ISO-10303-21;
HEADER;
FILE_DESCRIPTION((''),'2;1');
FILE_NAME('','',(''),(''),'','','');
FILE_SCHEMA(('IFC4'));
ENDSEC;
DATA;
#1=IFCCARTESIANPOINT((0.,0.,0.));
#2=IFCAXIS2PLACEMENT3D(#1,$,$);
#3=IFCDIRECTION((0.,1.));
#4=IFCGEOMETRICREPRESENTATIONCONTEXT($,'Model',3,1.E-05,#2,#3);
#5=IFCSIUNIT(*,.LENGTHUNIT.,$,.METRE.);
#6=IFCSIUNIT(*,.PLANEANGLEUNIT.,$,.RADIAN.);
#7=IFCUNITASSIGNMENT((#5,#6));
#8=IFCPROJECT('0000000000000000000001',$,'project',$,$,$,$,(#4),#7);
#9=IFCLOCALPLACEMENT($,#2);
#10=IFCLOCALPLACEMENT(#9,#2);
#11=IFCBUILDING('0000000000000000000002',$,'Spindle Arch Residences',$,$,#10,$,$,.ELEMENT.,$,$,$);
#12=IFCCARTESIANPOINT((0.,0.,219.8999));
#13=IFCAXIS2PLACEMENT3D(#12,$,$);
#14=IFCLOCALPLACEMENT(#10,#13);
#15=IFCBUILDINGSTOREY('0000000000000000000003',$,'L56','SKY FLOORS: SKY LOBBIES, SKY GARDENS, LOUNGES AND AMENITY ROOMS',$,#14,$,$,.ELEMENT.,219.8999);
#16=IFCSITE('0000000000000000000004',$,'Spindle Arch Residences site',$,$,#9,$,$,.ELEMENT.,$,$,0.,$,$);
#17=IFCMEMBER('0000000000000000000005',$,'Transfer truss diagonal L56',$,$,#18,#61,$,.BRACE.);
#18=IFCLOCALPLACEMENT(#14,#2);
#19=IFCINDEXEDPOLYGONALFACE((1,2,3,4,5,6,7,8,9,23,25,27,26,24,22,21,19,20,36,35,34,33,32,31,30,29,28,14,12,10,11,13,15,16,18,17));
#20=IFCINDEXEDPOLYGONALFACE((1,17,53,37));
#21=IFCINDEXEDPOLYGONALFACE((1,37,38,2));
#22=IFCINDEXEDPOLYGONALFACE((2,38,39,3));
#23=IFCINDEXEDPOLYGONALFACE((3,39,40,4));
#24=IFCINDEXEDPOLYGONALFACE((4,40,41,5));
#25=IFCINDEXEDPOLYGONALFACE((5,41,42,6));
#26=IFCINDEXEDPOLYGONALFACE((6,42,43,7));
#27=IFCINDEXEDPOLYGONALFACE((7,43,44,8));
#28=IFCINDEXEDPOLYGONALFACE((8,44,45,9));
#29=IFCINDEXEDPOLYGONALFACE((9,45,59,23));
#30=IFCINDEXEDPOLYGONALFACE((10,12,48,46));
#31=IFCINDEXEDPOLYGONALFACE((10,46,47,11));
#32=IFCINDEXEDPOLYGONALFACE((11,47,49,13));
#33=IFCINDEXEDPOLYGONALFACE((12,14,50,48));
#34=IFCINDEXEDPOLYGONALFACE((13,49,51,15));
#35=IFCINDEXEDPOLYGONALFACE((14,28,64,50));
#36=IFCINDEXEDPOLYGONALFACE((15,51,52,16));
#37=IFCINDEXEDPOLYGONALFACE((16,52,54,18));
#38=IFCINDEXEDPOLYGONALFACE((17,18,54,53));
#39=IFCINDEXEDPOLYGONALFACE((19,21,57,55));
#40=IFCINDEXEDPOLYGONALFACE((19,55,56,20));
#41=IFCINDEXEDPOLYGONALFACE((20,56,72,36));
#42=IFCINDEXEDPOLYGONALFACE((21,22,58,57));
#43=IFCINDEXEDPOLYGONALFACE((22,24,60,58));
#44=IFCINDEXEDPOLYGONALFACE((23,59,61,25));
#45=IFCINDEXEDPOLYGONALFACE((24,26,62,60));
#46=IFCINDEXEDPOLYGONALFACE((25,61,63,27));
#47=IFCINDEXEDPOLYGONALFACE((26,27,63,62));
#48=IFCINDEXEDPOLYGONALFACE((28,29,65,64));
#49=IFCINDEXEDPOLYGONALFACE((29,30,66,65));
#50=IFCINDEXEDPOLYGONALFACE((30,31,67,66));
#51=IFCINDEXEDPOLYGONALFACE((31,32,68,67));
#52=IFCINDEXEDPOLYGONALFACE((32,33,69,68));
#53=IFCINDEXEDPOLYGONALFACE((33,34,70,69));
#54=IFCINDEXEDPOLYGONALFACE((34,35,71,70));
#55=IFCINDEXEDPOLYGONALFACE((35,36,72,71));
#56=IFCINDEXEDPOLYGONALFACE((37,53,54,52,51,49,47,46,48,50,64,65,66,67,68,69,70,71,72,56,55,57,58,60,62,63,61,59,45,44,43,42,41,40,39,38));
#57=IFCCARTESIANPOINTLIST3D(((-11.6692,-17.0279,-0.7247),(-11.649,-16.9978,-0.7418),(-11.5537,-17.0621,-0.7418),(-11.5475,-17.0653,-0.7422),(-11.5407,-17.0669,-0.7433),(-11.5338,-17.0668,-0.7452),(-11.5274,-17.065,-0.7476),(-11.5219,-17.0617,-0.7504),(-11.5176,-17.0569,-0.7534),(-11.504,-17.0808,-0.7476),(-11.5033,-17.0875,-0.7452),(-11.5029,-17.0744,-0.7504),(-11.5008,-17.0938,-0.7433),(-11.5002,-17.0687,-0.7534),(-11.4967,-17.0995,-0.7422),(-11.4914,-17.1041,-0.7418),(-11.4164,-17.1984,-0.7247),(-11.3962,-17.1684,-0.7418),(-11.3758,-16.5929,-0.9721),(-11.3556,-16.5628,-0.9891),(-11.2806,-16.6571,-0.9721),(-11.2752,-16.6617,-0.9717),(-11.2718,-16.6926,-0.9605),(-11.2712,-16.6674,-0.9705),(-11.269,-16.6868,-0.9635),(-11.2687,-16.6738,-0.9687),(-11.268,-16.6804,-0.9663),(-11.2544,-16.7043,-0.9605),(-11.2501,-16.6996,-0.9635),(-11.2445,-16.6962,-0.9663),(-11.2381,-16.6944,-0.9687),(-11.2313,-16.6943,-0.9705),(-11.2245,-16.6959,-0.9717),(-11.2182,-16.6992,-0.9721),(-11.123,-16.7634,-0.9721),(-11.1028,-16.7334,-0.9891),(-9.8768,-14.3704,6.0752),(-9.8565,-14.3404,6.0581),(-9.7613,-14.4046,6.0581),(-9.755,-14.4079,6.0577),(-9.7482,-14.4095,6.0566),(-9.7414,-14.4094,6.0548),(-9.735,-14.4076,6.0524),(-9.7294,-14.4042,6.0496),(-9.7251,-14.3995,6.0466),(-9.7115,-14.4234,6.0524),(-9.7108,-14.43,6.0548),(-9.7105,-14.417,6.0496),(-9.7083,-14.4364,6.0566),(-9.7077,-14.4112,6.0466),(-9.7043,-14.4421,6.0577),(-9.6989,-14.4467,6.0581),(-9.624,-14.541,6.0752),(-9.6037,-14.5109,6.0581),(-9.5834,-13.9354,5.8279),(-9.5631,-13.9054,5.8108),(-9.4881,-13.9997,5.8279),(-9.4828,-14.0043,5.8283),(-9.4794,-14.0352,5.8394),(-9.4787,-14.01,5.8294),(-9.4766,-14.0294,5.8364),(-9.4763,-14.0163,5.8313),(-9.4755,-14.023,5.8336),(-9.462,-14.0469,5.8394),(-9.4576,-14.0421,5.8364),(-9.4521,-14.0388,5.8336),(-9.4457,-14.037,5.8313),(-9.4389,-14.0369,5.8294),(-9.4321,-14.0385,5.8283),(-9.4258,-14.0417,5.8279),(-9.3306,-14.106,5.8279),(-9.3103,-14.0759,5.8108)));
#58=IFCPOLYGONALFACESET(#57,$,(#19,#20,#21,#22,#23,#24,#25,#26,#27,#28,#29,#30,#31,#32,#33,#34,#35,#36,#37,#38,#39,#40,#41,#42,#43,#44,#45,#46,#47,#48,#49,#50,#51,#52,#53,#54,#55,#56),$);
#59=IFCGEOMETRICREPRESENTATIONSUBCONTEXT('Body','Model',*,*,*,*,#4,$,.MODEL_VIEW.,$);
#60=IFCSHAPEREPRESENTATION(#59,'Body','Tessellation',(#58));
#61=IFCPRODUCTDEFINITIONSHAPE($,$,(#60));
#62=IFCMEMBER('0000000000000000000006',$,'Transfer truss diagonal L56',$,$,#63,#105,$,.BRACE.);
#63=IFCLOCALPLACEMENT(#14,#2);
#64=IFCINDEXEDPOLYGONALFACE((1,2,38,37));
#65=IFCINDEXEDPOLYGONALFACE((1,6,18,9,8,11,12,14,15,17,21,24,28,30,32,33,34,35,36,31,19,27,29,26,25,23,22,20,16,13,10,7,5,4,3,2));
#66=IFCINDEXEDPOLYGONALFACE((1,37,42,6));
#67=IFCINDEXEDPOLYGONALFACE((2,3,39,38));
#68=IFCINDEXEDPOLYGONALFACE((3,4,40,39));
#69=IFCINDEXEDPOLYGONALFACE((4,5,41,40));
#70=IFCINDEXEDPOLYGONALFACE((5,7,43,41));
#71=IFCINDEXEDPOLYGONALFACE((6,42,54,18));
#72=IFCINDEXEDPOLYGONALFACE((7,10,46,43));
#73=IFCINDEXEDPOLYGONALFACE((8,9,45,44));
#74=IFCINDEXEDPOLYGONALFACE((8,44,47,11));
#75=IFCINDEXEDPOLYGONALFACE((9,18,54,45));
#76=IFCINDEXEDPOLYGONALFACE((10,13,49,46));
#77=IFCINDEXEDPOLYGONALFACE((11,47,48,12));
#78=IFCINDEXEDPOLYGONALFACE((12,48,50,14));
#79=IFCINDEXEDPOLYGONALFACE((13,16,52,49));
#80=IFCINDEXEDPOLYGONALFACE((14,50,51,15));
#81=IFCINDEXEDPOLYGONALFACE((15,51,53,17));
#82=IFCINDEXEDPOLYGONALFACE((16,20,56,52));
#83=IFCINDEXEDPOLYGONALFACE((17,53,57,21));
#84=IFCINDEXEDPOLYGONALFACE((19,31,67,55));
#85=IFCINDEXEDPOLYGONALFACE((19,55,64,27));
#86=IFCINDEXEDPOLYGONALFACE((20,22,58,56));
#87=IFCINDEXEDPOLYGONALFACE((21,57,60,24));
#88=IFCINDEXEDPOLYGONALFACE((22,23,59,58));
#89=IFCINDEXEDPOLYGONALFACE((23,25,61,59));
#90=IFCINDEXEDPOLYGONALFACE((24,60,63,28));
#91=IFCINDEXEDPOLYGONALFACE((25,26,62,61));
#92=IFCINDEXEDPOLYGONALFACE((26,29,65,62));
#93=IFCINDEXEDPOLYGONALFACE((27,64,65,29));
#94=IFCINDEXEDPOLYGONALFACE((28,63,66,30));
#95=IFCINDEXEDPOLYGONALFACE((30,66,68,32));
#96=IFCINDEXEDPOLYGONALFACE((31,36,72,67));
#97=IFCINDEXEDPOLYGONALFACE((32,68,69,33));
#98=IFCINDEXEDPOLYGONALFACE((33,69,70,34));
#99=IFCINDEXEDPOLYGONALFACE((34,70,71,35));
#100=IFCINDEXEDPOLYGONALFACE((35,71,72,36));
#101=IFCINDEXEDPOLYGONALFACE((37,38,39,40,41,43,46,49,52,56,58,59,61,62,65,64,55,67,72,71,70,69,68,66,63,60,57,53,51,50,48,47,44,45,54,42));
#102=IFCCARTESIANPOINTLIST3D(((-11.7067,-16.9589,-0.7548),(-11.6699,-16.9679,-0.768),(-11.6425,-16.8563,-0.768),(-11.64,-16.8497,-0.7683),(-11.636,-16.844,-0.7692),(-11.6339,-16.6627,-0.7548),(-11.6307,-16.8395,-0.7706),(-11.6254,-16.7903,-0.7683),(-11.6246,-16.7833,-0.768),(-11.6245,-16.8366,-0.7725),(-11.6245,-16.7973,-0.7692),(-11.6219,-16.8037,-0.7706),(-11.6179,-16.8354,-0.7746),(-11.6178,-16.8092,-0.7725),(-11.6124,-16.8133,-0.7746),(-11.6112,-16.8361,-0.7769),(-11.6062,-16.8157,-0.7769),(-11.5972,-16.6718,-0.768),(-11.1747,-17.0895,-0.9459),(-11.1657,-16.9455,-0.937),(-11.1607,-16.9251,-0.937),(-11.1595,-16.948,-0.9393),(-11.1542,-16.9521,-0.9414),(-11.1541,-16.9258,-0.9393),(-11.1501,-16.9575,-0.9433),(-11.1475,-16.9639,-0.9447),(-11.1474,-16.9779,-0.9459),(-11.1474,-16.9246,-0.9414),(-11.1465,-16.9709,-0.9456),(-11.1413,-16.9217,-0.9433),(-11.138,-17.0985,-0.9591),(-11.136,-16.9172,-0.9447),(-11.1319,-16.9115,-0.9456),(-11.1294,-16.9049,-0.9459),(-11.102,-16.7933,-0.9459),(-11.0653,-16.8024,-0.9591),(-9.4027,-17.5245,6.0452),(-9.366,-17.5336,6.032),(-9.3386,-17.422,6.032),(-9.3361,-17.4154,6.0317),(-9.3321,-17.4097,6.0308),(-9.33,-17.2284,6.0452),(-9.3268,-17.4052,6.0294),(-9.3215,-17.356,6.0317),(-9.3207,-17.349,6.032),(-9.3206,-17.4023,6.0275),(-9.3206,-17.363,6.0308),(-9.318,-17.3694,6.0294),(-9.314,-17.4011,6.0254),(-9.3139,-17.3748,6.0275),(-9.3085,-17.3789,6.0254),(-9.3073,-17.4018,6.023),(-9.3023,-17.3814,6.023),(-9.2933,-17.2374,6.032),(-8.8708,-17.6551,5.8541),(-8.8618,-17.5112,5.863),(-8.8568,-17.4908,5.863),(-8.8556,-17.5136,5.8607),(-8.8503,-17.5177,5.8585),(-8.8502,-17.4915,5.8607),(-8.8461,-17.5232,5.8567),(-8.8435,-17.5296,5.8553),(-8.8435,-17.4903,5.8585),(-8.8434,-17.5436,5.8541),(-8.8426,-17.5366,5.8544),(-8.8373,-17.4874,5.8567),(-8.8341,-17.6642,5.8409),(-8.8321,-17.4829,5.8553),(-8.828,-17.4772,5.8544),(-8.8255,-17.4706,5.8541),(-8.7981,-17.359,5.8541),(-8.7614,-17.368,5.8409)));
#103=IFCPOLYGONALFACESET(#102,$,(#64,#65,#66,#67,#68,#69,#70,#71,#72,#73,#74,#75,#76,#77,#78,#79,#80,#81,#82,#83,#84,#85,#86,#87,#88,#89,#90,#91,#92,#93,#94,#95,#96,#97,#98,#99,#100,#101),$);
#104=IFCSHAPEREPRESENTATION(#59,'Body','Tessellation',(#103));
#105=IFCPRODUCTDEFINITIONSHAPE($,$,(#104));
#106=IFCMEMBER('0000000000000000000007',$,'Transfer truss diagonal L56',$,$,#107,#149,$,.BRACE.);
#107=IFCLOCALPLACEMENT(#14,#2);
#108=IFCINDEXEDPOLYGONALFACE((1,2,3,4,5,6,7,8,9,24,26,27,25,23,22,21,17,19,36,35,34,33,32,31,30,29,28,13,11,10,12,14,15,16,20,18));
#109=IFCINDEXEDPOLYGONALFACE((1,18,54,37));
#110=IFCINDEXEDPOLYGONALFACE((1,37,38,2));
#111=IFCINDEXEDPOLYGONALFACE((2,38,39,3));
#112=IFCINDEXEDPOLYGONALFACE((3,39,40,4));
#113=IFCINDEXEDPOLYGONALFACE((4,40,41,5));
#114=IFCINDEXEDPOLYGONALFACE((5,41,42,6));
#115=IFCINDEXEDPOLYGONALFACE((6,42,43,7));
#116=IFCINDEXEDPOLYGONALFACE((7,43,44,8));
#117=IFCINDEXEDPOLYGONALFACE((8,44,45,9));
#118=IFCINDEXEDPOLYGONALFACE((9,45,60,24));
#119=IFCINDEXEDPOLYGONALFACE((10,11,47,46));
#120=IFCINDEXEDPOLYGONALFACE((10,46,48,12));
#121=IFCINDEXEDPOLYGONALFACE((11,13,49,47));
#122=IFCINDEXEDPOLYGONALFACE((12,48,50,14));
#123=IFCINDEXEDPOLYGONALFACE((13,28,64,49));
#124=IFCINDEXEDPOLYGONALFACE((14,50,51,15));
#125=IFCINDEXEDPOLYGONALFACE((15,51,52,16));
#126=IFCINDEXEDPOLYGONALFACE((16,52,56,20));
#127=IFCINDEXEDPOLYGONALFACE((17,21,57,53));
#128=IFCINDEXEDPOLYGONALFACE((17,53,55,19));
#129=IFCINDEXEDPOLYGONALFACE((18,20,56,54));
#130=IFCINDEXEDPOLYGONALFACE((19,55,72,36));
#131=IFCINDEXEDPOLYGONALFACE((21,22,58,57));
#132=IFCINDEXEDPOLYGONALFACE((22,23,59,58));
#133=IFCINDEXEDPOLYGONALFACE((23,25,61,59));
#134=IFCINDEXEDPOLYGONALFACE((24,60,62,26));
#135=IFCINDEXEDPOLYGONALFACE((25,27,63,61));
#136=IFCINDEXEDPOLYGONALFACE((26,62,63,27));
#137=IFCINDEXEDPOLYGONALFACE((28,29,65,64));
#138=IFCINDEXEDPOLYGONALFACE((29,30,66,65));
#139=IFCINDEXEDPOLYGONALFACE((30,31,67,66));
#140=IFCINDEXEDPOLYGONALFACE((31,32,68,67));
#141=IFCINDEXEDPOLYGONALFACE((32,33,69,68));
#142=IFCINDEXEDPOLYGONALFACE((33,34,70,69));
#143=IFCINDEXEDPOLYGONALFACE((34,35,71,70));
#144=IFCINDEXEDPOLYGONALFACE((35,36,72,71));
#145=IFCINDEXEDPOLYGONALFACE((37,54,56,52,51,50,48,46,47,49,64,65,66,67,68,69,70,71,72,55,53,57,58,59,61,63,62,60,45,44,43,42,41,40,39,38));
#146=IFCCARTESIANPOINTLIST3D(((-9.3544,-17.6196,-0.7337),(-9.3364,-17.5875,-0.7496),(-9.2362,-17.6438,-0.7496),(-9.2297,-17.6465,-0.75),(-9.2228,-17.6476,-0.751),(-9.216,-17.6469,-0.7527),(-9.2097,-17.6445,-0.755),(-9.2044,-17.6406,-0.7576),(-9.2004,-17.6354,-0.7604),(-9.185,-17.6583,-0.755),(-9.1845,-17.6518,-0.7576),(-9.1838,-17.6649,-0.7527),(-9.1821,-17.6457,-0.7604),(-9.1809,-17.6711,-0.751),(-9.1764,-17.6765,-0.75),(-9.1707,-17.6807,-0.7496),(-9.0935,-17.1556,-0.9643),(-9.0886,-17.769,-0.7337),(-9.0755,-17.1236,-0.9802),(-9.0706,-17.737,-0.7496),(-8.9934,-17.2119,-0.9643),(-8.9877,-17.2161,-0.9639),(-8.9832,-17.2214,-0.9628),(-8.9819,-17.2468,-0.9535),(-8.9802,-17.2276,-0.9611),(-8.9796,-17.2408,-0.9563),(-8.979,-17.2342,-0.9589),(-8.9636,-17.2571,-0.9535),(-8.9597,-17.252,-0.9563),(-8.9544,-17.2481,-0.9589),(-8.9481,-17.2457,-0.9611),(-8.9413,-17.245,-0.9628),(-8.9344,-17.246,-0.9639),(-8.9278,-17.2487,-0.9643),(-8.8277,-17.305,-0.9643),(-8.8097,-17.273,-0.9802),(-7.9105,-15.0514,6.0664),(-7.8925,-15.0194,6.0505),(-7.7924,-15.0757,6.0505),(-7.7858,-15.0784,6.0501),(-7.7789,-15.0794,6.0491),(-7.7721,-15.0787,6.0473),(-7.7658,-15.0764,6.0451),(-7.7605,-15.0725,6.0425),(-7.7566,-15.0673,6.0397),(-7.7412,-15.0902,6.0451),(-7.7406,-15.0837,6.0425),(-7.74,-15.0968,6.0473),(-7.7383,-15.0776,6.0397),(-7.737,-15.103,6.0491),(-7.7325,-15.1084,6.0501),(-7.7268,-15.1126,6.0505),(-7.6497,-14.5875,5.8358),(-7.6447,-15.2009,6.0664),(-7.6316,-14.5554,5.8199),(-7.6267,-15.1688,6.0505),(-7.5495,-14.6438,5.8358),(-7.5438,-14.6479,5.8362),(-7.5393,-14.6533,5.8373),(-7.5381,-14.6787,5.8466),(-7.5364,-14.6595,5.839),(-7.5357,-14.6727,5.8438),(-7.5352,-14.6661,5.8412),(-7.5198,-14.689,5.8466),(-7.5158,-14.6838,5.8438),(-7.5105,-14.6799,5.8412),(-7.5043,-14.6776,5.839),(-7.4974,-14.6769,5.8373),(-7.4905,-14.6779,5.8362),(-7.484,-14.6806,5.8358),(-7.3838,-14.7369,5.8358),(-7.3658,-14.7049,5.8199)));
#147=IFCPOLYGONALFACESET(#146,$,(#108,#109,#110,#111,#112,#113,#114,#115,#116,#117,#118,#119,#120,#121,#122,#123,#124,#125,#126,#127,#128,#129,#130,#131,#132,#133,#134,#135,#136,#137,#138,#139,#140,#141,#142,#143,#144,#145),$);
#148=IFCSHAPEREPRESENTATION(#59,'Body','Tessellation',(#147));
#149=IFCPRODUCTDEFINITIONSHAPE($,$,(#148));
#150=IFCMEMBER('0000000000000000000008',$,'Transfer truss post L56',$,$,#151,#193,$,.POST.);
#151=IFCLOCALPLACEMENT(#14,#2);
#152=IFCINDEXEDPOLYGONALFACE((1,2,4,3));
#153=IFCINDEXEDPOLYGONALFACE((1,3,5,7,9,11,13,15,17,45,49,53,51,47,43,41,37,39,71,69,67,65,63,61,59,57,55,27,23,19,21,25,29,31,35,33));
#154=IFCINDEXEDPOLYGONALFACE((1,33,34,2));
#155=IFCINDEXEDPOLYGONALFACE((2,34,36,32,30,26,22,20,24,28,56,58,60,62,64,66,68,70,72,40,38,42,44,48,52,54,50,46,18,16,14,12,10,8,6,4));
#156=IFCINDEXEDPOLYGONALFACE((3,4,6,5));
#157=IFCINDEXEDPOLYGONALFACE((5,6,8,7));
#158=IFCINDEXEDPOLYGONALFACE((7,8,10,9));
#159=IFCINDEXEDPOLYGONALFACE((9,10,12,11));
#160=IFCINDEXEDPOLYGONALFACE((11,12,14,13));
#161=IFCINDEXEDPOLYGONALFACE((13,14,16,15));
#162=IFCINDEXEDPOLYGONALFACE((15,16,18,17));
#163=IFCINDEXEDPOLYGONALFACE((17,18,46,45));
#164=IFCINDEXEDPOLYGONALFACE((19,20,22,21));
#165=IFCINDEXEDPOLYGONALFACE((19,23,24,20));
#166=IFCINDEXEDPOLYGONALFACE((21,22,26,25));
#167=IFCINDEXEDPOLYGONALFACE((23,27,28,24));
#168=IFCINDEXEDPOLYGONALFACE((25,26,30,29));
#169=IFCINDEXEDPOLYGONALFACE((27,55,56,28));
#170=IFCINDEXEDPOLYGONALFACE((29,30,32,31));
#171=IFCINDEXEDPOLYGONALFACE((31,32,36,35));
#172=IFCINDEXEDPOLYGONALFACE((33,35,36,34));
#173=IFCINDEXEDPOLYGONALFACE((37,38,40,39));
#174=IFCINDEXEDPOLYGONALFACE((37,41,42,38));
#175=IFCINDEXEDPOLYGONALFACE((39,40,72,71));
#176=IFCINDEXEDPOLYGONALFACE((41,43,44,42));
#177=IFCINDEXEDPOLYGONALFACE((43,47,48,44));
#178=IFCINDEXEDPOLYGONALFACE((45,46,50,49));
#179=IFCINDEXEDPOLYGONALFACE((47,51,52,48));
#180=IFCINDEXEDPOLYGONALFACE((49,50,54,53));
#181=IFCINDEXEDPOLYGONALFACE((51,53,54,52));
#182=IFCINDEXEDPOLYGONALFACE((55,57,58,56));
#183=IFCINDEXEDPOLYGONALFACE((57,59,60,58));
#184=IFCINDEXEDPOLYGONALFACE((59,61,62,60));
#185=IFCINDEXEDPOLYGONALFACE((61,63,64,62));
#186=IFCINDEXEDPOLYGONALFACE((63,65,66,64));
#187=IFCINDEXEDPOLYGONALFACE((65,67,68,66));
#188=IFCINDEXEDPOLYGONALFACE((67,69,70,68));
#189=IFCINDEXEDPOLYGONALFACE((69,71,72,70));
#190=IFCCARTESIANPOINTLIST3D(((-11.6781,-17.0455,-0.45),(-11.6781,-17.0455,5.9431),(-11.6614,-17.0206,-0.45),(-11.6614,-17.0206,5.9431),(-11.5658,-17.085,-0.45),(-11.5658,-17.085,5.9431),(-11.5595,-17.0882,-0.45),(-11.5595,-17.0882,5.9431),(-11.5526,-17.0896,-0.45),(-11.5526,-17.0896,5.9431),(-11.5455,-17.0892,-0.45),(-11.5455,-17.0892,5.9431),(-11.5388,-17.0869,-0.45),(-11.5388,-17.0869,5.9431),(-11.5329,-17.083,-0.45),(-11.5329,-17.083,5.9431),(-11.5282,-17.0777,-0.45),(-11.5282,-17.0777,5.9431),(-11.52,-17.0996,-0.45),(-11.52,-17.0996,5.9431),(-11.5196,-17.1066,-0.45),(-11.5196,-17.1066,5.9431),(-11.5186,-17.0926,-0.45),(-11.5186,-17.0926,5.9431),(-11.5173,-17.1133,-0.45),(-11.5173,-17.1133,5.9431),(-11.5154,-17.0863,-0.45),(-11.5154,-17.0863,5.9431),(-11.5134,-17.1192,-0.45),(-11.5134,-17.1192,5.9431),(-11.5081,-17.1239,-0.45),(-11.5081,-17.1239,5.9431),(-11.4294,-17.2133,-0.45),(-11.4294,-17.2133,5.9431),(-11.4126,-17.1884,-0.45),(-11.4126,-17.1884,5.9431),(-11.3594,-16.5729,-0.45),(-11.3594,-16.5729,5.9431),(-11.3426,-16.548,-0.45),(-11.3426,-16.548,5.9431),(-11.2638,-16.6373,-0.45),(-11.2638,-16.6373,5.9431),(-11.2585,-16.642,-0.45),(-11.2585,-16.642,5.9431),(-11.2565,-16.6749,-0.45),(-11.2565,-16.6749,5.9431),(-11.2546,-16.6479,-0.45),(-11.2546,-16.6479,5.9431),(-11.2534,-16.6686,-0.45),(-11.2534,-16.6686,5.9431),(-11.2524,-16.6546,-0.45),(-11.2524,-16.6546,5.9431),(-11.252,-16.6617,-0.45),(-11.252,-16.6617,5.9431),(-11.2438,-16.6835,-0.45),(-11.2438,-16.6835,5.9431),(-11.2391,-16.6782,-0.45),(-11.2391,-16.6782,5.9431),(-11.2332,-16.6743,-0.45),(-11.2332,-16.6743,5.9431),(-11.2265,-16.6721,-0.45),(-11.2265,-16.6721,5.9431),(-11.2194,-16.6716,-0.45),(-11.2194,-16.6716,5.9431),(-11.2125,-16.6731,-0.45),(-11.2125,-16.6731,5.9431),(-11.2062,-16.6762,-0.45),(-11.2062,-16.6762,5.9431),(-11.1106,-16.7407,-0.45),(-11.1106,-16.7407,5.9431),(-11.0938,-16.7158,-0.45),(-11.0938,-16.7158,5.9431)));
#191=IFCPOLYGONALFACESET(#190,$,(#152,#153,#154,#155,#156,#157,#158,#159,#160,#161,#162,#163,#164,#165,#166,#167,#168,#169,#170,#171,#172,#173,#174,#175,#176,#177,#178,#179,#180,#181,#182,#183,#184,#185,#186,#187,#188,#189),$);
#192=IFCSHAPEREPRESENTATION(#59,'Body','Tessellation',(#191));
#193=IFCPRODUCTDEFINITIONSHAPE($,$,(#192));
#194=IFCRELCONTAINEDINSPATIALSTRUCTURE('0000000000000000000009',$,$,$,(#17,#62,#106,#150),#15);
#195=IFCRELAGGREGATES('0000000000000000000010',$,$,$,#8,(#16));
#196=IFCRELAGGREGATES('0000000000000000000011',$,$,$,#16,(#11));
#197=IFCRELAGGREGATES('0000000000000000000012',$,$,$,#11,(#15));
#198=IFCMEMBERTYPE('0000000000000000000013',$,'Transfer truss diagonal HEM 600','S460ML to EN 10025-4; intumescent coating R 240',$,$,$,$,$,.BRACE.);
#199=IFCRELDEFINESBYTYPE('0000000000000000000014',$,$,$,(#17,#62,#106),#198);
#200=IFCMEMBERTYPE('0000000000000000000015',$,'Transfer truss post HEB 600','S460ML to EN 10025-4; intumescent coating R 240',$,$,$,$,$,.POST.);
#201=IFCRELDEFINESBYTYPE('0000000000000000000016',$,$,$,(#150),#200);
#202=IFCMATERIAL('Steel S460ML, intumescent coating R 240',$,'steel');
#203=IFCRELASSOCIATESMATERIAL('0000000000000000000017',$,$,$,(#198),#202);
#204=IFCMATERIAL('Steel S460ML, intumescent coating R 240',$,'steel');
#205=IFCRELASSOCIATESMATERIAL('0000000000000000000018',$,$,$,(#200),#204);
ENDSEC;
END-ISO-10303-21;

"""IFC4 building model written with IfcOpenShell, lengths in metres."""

from ifc_helpers import new_model, si_unit, direction, frame, origin, origin_2d, place, context, subcontext, project, spatial, i_section, extrude, material, material_profile, profile_set, type_object, element, save


model = new_model("IFC4")

# Units and contexts
model_context = context("Model", 3, precision=1e-05, world=origin(), true_north=direction((0.0, 1.0)))
body_context = subcontext(model_context, "Body", "Model", "MODEL_VIEW")
ifc_project = project(units=[si_unit("LENGTHUNIT", "METRE"), si_unit("PLANEANGLEUNIT", "RADIAN")], contexts=[model_context])

# Site, building, storey
site_placement = place(None, origin())
site = spatial("IfcSite", under=ifc_project, at=site_placement, Name="Spindle Arch Residences site", CompositionType="ELEMENT", RefElevation=0.0)
building_placement = place(site_placement, origin())
building = spatial("IfcBuilding", under=site, at=building_placement, Name="Spindle Arch Residences", CompositionType="ELEMENT")
storey_placement = place(building_placement, frame((0.0, 0.0, 219.8999)))
storey = spatial("IfcBuildingStorey", under=building, at=storey_placement, Name="L56", Description="SKY FLOORS: SKY LOBBIES, SKY GARDENS, LOUNGES AND AMENITY ROOMS", CompositionType="ELEMENT", Elevation=219.8999)

# Members
ifc_material_1 = material(Name="Steel S460ML, intumescent coating R 240", Category="steel")
ifc_material_profile_1 = material_profile(ifc_material_1, i_section(OverallWidth=0.3049, OverallDepth=0.6201, WebThickness=0.021, FlangeThickness=0.04, FilletRadius=0.0271, at=origin_2d()), Name="HEM 600")
ifc_profile_set_1 = profile_set([ifc_material_profile_1], Name="Steel S460ML, intumescent coating R 240")
member_type_1 = type_object("IfcMemberType", Name="Transfer truss diagonal HEM 600", Description="S460ML to EN 10025-4; intumescent coating R 240", PredefinedType="BRACE", material=ifc_profile_set_1)
member_1_placement = place(storey_placement, frame((-11.386, -16.8806, -0.8569), z_axis=(0.238435, 0.353495, 0.904539), x_axis=(-0.829038, 0.559192, 0.0)))
element("IfcMember", 1, at=member_1_placement, inside=storey, type_object=member_type_1, Name="Transfer truss diagonal L56", PredefinedType="BRACE", context=body_context, shape_type="SweptSolid", body=[
    extrude(i_section(OverallWidth=0.3049, OverallDepth=0.6201, WebThickness=0.021, FlangeThickness=0.04, FilletRadius=0.0271, at=origin_2d()), origin(), (0.0, 0.0, 1.0), 7.5176),
])
member_2_placement = place(storey_placement, frame((-11.386, -16.8806, -0.8569), z_axis=(0.319905, -0.078544, 0.944188), x_axis=(0.238441, 0.971157, 0.0)))
element("IfcMember", 2, at=member_2_placement, inside=storey, type_object=member_type_1, Name="Transfer truss diagonal L56", PredefinedType="BRACE", context=body_context, shape_type="SweptSolid", body=[
    extrude(i_section(OverallWidth=0.3049, OverallDepth=0.6201, WebThickness=0.021, FlangeThickness=0.04, FilletRadius=0.0271, at=origin_2d()), origin(), (0.0, 0.0, 1.0), 7.2019),
])
member_3_placement = place(storey_placement, frame((-9.082, -17.4463, -0.8569), z_axis=(0.194829, 0.346535, 0.917581), x_axis=(-0.87168, 0.490076, 0.0)))
element("IfcMember", 3, at=member_3_placement, inside=storey, type_object=member_type_1, Name="Transfer truss diagonal L56", PredefinedType="BRACE", context=body_context, shape_type="SweptSolid", body=[
    extrude(i_section(OverallWidth=0.3049, OverallDepth=0.6201, WebThickness=0.021, FlangeThickness=0.04, FilletRadius=0.0271, at=origin_2d()), origin(), (0.0, 0.0, 1.0), 7.4109),
])
ifc_material_2 = material(Name="Steel S460ML, intumescent coating R 240", Category="steel")
ifc_material_profile_2 = material_profile(ifc_material_2, i_section(OverallWidth=0.3, OverallDepth=0.6001, WebThickness=0.0154, FlangeThickness=0.03, FilletRadius=0.0271, at=origin_2d()), Name="HEB 600")
ifc_profile_set_2 = profile_set([ifc_material_profile_2], Name="Steel S460ML, intumescent coating R 240")
member_type_2 = type_object("IfcMemberType", Name="Transfer truss post HEB 600", Description="S460ML to EN 10025-4; intumescent coating R 240", PredefinedType="POST", material=ifc_profile_set_2)
member_4_placement = place(storey_placement, frame((-11.386, -16.8806, -0.45), z_axis=(0.0, 0.0, 1.0), x_axis=(-0.829039, 0.559192, 0.0)))
element("IfcMember", 4, at=member_4_placement, inside=storey, type_object=member_type_2, Name="Transfer truss post L56", PredefinedType="POST", context=body_context, shape_type="SweptSolid", body=[
    extrude(i_section(OverallWidth=0.3, OverallDepth=0.6001, WebThickness=0.0154, FlangeThickness=0.03, FilletRadius=0.0271, at=origin_2d()), origin(), (0.0, 0.0, 1.0), 6.3931),
])

save(model, "model.ifc")
